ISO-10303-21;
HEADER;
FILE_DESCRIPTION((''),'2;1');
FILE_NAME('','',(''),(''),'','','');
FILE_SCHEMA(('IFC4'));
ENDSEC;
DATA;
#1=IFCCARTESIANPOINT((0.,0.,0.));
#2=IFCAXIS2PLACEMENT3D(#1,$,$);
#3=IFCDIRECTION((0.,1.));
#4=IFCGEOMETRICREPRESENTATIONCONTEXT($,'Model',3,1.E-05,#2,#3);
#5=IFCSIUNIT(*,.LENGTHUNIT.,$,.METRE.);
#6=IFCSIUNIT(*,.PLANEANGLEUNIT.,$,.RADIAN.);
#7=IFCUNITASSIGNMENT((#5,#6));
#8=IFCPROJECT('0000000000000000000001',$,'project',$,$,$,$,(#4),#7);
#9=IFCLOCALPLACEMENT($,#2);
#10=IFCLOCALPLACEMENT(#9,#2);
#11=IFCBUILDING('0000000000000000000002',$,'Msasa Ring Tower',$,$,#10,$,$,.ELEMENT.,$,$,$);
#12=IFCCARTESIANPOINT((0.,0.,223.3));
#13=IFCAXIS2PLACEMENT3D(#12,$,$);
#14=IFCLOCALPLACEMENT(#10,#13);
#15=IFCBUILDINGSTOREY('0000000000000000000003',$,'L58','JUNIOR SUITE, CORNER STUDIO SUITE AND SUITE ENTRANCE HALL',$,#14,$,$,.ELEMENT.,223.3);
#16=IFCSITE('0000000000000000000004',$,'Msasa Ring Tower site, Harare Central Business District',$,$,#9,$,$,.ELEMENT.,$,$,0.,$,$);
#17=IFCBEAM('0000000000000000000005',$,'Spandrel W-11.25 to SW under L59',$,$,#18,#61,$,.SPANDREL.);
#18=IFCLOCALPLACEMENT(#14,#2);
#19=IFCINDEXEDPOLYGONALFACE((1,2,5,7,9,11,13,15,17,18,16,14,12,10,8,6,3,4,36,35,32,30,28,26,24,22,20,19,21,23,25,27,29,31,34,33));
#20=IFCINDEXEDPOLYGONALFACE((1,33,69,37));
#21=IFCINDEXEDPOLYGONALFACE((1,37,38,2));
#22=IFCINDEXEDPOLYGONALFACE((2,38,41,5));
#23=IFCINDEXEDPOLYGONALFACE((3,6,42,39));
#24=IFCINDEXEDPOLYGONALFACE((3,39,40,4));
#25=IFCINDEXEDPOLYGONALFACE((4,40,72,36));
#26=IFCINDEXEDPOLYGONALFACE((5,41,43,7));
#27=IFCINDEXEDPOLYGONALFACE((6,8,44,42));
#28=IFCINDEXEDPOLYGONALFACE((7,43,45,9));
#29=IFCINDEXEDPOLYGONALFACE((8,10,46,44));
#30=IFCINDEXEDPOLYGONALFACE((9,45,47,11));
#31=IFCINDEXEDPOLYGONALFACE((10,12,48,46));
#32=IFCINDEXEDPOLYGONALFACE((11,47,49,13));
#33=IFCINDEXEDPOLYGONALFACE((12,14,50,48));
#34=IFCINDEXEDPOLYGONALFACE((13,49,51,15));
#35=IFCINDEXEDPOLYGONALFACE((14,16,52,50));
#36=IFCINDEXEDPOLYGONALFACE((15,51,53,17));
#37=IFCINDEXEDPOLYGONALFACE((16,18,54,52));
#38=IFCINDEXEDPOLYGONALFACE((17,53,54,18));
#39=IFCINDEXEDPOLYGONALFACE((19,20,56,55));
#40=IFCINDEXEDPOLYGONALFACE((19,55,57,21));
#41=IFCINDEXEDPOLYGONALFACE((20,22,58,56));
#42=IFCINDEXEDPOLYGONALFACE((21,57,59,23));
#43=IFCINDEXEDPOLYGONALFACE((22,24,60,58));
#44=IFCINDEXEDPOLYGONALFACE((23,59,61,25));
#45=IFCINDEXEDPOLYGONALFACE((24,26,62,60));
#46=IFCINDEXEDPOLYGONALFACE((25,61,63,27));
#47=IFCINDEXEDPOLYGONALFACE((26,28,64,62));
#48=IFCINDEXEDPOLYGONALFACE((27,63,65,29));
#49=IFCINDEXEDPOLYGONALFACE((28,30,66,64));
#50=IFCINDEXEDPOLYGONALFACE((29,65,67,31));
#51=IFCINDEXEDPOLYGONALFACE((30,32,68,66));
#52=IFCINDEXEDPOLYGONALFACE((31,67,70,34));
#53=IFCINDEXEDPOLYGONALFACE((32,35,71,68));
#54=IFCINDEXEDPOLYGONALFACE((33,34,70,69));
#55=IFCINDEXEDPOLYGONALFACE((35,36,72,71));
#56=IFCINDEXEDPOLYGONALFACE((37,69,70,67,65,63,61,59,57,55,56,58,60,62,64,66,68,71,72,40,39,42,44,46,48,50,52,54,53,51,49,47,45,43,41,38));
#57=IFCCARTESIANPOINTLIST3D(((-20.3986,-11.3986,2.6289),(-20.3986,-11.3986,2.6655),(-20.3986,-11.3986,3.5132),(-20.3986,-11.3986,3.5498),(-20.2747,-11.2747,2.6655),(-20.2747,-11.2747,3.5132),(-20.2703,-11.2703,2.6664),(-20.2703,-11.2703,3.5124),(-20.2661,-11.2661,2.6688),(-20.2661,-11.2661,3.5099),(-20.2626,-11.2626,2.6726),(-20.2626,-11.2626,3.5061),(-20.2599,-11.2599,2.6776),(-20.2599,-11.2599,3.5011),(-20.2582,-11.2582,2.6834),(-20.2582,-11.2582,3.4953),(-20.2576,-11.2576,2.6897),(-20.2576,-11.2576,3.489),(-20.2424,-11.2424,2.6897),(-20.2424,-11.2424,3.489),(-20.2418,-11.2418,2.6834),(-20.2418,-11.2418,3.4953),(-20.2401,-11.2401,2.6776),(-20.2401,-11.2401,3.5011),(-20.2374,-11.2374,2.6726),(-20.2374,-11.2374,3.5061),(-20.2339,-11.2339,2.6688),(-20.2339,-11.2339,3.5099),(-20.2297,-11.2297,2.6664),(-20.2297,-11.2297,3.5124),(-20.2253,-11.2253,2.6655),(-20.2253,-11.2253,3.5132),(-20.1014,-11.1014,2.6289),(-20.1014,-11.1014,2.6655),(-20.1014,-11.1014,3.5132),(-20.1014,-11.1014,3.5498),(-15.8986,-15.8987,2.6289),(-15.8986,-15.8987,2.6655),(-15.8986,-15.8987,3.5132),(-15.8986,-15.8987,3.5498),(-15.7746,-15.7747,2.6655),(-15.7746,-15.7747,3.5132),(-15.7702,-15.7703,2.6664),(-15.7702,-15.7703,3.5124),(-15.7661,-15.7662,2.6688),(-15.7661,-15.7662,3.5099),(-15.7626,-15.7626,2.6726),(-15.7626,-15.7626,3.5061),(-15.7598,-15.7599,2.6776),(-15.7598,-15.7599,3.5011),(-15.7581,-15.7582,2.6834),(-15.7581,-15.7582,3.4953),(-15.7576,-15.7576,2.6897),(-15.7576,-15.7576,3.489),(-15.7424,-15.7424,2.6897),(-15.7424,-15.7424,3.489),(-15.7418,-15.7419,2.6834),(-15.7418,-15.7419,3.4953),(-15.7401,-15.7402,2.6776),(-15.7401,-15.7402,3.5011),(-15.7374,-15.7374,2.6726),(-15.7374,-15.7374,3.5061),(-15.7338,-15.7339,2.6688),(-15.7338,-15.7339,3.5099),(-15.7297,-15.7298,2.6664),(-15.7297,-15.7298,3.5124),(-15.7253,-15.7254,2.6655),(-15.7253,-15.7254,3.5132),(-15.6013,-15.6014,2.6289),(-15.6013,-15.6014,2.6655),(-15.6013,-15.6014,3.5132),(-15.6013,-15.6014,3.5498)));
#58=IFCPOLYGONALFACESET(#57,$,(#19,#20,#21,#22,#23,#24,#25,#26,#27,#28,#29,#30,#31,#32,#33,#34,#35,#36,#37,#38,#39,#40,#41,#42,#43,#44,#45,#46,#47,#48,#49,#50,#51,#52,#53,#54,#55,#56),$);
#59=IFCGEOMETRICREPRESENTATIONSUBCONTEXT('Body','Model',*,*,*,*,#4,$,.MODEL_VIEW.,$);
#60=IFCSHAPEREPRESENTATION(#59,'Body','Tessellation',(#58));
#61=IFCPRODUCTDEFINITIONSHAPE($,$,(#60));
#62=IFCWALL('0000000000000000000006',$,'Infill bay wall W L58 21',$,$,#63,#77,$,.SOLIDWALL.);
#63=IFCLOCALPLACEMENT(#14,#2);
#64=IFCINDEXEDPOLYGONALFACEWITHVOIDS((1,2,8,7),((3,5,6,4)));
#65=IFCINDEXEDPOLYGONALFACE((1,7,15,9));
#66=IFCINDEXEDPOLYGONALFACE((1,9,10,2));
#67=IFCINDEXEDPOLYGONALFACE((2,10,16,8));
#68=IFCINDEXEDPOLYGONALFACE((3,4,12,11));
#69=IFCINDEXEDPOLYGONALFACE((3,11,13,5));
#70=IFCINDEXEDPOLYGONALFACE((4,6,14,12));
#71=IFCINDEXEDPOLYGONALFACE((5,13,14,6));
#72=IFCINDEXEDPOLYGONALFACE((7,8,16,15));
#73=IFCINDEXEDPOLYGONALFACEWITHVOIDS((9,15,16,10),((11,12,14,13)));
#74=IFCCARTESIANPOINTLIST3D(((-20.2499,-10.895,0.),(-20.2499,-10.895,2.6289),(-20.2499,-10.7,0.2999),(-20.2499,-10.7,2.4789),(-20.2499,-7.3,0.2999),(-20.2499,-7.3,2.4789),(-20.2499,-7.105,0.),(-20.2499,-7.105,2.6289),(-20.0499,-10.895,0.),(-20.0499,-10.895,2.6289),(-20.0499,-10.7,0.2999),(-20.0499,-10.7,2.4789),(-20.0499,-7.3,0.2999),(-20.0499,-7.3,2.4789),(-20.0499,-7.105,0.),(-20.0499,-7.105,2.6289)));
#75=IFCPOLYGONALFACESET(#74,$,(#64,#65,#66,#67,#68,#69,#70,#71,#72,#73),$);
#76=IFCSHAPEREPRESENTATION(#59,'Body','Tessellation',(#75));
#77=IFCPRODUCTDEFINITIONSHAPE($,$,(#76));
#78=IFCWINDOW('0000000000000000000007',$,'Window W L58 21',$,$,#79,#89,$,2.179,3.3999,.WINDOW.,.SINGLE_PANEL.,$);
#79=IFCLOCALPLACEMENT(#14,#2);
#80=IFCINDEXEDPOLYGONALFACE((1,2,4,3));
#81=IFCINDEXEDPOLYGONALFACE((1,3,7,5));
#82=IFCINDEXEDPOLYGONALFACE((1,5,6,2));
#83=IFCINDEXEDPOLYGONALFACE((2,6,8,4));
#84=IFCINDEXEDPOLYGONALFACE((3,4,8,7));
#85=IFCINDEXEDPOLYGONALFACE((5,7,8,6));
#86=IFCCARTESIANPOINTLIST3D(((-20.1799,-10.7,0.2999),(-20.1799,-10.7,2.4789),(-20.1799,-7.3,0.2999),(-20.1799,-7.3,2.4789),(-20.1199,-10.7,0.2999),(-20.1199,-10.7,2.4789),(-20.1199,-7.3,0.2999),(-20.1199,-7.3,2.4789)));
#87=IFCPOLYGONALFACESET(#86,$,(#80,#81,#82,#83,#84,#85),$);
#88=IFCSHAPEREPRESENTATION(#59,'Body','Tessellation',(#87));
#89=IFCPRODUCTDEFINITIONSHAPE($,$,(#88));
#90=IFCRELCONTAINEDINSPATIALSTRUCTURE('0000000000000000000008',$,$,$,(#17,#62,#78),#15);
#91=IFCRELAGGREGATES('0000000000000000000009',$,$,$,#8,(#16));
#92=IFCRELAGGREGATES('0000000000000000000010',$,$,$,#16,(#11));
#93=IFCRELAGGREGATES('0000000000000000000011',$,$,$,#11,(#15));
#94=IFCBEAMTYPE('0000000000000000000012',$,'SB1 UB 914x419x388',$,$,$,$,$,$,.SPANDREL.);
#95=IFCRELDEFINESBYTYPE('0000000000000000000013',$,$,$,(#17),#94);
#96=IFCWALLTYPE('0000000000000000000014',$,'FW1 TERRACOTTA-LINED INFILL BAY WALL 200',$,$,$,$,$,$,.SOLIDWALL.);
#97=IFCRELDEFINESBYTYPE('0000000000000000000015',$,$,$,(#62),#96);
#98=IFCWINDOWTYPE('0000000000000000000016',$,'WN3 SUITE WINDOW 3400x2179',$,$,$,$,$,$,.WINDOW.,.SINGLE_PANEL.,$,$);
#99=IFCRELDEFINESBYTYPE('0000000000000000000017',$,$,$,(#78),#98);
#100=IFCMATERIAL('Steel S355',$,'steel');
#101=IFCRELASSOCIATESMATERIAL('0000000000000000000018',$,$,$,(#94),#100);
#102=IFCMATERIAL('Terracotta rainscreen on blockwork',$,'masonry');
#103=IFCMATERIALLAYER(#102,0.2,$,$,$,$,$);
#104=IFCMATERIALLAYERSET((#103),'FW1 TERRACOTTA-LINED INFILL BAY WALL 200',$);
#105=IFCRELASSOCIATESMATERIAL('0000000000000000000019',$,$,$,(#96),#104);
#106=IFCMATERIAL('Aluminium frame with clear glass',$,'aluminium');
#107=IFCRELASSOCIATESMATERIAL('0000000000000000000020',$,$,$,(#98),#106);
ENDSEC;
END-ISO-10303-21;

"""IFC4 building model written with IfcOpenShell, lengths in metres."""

from ifc_helpers import new_model, si_unit, direction, frame, frame_2d, origin, origin_2d, place, context, subcontext, project, spatial, rectangle, i_section, extrude, material, layer, layer_set, material_profile, profile_set, type_object, element, fill, save


model = new_model("IFC4")

# Units and contexts
model_context = context("Model", 3, precision=1e-05, world=origin(), true_north=direction((0.0, 1.0)))
body_context = subcontext(model_context, "Body", "Model", "MODEL_VIEW")
ifc_project = project(units=[si_unit("LENGTHUNIT", "METRE"), si_unit("PLANEANGLEUNIT", "RADIAN")], contexts=[model_context])

# Site, building, storey
site_placement = place(None, origin())
site = spatial("IfcSite", under=ifc_project, at=site_placement, Name="Msasa Ring Tower site, Harare Central Business District", CompositionType="ELEMENT", RefElevation=0.0)
building_placement = place(site_placement, origin())
building = spatial("IfcBuilding", under=site, at=building_placement, Name="Msasa Ring Tower", CompositionType="ELEMENT")
storey_placement = place(building_placement, frame((0.0, 0.0, 223.3)))
storey = spatial("IfcBuildingStorey", under=building, at=storey_placement, Name="L58", Description="JUNIOR SUITE, CORNER STUDIO SUITE AND SUITE ENTRANCE HALL", CompositionType="ELEMENT", Elevation=223.3)

# Beam
ifc_material_1 = material(Name="Steel S355", Category="steel")
ifc_material_profile_1 = material_profile(ifc_material_1, i_section(OverallWidth=0.4204, OverallDepth=0.9209, WebThickness=0.0215, FlangeThickness=0.0366, FilletRadius=0.0242, at=origin_2d()), Name="UB 914x419x388")
ifc_profile_set_1 = profile_set([ifc_material_profile_1], Name="Steel S355")
beam_type_1 = type_object("IfcBeamType", Name="SB1 UB 914x419x388", PredefinedType="SPANDREL", material=ifc_profile_set_1)
beam_1_placement = place(storey_placement, frame((-20.25, -11.25, 3.0894), z_axis=(0.707107, -0.707107, 0.0), x_axis=(0.707107, 0.707107, 0.0)))
element("IfcBeam", 1, at=beam_1_placement, inside=storey, type_object=beam_type_1, Name="Spandrel W-11.25 to SW under L59", PredefinedType="SPANDREL", context=body_context, shape_type="SweptSolid", body=[
    extrude(i_section(OverallWidth=0.4204, OverallDepth=0.9209, WebThickness=0.0215, FlangeThickness=0.0366, FilletRadius=0.0242, at=origin_2d()), origin(), (0.0, 0.0, 1.0), 6.364),
])

# Wall, opening, window
ifc_material_2 = material(Name="Terracotta rainscreen on blockwork", Category="masonry")
ifc_layer_1 = layer(ifc_material_2, 0.2)
ifc_layer_set_1 = layer_set([ifc_layer_1], Name="FW1 TERRACOTTA-LINED INFILL BAY WALL 200")
wall_type_1 = type_object("IfcWallType", Name="FW1 TERRACOTTA-LINED INFILL BAY WALL 200", PredefinedType="SOLIDWALL", material=ifc_layer_set_1)
wall_1_placement = place(storey_placement, frame((-20.1499, -10.895, 0.0), z_axis=(0.0, 0.0, 1.0), x_axis=(0.0, 1.0, 0.0)))
wall_1 = element("IfcWall", 2, at=wall_1_placement, inside=storey, type_object=wall_type_1, Name="Infill bay wall W L58 21", PredefinedType="SOLIDWALL", context=body_context, shape_type="SweptSolid", body=[
    extrude(rectangle(XDim=3.79, YDim=0.2, at=frame_2d((1.895, 0.0))), origin(), (0.0, 0.0, 1.0), 2.6289),
])
opening_1_placement = place(wall_1_placement, frame((0.1951, 0.0, 0.3)))
opening_1 = element("IfcOpeningElement", 3, at=opening_1_placement, cuts=wall_1, PredefinedType="OPENING", context=body_context, shape_type="SweptSolid", body=[
    extrude(rectangle(XDim=3.3999, YDim=2.179, at=frame_2d((1.7, 1.0894))), frame((0.0, 0.1099, 0.0), z_axis=(0.0, -1.0, 0.0), x_axis=(1.0, 0.0, 0.0)), (0.0, 0.0, 1.0), 0.22),
])
ifc_material_3 = material(Name="Aluminium frame with clear glass", Category="aluminium")
window_type = type_object("IfcWindowType", Name="WN3 SUITE WINDOW 3400x2179", PartitioningType="SINGLE_PANEL", PredefinedType="WINDOW", material=ifc_material_3)
window_placement = place(opening_1_placement, origin())
window = element("IfcWindow", 4, at=window_placement, inside=storey, type_object=window_type, Name="Window W L58 21", OverallHeight=2.179, OverallWidth=3.3999, PartitioningType="SINGLE_PANEL", PredefinedType="WINDOW", context=body_context, shape_type="SweptSolid", body=[
    extrude(rectangle(XDim=3.3999, YDim=2.179, at=frame_2d((1.7, 1.0894))), frame((0.0, 0.03, 0.0), z_axis=(0.0, -1.0, 0.0), x_axis=(1.0, 0.0, 0.0)), (0.0, 0.0, 1.0), 0.0601),
])
fill(opening_1, window)

save(model, "model.ifc")
